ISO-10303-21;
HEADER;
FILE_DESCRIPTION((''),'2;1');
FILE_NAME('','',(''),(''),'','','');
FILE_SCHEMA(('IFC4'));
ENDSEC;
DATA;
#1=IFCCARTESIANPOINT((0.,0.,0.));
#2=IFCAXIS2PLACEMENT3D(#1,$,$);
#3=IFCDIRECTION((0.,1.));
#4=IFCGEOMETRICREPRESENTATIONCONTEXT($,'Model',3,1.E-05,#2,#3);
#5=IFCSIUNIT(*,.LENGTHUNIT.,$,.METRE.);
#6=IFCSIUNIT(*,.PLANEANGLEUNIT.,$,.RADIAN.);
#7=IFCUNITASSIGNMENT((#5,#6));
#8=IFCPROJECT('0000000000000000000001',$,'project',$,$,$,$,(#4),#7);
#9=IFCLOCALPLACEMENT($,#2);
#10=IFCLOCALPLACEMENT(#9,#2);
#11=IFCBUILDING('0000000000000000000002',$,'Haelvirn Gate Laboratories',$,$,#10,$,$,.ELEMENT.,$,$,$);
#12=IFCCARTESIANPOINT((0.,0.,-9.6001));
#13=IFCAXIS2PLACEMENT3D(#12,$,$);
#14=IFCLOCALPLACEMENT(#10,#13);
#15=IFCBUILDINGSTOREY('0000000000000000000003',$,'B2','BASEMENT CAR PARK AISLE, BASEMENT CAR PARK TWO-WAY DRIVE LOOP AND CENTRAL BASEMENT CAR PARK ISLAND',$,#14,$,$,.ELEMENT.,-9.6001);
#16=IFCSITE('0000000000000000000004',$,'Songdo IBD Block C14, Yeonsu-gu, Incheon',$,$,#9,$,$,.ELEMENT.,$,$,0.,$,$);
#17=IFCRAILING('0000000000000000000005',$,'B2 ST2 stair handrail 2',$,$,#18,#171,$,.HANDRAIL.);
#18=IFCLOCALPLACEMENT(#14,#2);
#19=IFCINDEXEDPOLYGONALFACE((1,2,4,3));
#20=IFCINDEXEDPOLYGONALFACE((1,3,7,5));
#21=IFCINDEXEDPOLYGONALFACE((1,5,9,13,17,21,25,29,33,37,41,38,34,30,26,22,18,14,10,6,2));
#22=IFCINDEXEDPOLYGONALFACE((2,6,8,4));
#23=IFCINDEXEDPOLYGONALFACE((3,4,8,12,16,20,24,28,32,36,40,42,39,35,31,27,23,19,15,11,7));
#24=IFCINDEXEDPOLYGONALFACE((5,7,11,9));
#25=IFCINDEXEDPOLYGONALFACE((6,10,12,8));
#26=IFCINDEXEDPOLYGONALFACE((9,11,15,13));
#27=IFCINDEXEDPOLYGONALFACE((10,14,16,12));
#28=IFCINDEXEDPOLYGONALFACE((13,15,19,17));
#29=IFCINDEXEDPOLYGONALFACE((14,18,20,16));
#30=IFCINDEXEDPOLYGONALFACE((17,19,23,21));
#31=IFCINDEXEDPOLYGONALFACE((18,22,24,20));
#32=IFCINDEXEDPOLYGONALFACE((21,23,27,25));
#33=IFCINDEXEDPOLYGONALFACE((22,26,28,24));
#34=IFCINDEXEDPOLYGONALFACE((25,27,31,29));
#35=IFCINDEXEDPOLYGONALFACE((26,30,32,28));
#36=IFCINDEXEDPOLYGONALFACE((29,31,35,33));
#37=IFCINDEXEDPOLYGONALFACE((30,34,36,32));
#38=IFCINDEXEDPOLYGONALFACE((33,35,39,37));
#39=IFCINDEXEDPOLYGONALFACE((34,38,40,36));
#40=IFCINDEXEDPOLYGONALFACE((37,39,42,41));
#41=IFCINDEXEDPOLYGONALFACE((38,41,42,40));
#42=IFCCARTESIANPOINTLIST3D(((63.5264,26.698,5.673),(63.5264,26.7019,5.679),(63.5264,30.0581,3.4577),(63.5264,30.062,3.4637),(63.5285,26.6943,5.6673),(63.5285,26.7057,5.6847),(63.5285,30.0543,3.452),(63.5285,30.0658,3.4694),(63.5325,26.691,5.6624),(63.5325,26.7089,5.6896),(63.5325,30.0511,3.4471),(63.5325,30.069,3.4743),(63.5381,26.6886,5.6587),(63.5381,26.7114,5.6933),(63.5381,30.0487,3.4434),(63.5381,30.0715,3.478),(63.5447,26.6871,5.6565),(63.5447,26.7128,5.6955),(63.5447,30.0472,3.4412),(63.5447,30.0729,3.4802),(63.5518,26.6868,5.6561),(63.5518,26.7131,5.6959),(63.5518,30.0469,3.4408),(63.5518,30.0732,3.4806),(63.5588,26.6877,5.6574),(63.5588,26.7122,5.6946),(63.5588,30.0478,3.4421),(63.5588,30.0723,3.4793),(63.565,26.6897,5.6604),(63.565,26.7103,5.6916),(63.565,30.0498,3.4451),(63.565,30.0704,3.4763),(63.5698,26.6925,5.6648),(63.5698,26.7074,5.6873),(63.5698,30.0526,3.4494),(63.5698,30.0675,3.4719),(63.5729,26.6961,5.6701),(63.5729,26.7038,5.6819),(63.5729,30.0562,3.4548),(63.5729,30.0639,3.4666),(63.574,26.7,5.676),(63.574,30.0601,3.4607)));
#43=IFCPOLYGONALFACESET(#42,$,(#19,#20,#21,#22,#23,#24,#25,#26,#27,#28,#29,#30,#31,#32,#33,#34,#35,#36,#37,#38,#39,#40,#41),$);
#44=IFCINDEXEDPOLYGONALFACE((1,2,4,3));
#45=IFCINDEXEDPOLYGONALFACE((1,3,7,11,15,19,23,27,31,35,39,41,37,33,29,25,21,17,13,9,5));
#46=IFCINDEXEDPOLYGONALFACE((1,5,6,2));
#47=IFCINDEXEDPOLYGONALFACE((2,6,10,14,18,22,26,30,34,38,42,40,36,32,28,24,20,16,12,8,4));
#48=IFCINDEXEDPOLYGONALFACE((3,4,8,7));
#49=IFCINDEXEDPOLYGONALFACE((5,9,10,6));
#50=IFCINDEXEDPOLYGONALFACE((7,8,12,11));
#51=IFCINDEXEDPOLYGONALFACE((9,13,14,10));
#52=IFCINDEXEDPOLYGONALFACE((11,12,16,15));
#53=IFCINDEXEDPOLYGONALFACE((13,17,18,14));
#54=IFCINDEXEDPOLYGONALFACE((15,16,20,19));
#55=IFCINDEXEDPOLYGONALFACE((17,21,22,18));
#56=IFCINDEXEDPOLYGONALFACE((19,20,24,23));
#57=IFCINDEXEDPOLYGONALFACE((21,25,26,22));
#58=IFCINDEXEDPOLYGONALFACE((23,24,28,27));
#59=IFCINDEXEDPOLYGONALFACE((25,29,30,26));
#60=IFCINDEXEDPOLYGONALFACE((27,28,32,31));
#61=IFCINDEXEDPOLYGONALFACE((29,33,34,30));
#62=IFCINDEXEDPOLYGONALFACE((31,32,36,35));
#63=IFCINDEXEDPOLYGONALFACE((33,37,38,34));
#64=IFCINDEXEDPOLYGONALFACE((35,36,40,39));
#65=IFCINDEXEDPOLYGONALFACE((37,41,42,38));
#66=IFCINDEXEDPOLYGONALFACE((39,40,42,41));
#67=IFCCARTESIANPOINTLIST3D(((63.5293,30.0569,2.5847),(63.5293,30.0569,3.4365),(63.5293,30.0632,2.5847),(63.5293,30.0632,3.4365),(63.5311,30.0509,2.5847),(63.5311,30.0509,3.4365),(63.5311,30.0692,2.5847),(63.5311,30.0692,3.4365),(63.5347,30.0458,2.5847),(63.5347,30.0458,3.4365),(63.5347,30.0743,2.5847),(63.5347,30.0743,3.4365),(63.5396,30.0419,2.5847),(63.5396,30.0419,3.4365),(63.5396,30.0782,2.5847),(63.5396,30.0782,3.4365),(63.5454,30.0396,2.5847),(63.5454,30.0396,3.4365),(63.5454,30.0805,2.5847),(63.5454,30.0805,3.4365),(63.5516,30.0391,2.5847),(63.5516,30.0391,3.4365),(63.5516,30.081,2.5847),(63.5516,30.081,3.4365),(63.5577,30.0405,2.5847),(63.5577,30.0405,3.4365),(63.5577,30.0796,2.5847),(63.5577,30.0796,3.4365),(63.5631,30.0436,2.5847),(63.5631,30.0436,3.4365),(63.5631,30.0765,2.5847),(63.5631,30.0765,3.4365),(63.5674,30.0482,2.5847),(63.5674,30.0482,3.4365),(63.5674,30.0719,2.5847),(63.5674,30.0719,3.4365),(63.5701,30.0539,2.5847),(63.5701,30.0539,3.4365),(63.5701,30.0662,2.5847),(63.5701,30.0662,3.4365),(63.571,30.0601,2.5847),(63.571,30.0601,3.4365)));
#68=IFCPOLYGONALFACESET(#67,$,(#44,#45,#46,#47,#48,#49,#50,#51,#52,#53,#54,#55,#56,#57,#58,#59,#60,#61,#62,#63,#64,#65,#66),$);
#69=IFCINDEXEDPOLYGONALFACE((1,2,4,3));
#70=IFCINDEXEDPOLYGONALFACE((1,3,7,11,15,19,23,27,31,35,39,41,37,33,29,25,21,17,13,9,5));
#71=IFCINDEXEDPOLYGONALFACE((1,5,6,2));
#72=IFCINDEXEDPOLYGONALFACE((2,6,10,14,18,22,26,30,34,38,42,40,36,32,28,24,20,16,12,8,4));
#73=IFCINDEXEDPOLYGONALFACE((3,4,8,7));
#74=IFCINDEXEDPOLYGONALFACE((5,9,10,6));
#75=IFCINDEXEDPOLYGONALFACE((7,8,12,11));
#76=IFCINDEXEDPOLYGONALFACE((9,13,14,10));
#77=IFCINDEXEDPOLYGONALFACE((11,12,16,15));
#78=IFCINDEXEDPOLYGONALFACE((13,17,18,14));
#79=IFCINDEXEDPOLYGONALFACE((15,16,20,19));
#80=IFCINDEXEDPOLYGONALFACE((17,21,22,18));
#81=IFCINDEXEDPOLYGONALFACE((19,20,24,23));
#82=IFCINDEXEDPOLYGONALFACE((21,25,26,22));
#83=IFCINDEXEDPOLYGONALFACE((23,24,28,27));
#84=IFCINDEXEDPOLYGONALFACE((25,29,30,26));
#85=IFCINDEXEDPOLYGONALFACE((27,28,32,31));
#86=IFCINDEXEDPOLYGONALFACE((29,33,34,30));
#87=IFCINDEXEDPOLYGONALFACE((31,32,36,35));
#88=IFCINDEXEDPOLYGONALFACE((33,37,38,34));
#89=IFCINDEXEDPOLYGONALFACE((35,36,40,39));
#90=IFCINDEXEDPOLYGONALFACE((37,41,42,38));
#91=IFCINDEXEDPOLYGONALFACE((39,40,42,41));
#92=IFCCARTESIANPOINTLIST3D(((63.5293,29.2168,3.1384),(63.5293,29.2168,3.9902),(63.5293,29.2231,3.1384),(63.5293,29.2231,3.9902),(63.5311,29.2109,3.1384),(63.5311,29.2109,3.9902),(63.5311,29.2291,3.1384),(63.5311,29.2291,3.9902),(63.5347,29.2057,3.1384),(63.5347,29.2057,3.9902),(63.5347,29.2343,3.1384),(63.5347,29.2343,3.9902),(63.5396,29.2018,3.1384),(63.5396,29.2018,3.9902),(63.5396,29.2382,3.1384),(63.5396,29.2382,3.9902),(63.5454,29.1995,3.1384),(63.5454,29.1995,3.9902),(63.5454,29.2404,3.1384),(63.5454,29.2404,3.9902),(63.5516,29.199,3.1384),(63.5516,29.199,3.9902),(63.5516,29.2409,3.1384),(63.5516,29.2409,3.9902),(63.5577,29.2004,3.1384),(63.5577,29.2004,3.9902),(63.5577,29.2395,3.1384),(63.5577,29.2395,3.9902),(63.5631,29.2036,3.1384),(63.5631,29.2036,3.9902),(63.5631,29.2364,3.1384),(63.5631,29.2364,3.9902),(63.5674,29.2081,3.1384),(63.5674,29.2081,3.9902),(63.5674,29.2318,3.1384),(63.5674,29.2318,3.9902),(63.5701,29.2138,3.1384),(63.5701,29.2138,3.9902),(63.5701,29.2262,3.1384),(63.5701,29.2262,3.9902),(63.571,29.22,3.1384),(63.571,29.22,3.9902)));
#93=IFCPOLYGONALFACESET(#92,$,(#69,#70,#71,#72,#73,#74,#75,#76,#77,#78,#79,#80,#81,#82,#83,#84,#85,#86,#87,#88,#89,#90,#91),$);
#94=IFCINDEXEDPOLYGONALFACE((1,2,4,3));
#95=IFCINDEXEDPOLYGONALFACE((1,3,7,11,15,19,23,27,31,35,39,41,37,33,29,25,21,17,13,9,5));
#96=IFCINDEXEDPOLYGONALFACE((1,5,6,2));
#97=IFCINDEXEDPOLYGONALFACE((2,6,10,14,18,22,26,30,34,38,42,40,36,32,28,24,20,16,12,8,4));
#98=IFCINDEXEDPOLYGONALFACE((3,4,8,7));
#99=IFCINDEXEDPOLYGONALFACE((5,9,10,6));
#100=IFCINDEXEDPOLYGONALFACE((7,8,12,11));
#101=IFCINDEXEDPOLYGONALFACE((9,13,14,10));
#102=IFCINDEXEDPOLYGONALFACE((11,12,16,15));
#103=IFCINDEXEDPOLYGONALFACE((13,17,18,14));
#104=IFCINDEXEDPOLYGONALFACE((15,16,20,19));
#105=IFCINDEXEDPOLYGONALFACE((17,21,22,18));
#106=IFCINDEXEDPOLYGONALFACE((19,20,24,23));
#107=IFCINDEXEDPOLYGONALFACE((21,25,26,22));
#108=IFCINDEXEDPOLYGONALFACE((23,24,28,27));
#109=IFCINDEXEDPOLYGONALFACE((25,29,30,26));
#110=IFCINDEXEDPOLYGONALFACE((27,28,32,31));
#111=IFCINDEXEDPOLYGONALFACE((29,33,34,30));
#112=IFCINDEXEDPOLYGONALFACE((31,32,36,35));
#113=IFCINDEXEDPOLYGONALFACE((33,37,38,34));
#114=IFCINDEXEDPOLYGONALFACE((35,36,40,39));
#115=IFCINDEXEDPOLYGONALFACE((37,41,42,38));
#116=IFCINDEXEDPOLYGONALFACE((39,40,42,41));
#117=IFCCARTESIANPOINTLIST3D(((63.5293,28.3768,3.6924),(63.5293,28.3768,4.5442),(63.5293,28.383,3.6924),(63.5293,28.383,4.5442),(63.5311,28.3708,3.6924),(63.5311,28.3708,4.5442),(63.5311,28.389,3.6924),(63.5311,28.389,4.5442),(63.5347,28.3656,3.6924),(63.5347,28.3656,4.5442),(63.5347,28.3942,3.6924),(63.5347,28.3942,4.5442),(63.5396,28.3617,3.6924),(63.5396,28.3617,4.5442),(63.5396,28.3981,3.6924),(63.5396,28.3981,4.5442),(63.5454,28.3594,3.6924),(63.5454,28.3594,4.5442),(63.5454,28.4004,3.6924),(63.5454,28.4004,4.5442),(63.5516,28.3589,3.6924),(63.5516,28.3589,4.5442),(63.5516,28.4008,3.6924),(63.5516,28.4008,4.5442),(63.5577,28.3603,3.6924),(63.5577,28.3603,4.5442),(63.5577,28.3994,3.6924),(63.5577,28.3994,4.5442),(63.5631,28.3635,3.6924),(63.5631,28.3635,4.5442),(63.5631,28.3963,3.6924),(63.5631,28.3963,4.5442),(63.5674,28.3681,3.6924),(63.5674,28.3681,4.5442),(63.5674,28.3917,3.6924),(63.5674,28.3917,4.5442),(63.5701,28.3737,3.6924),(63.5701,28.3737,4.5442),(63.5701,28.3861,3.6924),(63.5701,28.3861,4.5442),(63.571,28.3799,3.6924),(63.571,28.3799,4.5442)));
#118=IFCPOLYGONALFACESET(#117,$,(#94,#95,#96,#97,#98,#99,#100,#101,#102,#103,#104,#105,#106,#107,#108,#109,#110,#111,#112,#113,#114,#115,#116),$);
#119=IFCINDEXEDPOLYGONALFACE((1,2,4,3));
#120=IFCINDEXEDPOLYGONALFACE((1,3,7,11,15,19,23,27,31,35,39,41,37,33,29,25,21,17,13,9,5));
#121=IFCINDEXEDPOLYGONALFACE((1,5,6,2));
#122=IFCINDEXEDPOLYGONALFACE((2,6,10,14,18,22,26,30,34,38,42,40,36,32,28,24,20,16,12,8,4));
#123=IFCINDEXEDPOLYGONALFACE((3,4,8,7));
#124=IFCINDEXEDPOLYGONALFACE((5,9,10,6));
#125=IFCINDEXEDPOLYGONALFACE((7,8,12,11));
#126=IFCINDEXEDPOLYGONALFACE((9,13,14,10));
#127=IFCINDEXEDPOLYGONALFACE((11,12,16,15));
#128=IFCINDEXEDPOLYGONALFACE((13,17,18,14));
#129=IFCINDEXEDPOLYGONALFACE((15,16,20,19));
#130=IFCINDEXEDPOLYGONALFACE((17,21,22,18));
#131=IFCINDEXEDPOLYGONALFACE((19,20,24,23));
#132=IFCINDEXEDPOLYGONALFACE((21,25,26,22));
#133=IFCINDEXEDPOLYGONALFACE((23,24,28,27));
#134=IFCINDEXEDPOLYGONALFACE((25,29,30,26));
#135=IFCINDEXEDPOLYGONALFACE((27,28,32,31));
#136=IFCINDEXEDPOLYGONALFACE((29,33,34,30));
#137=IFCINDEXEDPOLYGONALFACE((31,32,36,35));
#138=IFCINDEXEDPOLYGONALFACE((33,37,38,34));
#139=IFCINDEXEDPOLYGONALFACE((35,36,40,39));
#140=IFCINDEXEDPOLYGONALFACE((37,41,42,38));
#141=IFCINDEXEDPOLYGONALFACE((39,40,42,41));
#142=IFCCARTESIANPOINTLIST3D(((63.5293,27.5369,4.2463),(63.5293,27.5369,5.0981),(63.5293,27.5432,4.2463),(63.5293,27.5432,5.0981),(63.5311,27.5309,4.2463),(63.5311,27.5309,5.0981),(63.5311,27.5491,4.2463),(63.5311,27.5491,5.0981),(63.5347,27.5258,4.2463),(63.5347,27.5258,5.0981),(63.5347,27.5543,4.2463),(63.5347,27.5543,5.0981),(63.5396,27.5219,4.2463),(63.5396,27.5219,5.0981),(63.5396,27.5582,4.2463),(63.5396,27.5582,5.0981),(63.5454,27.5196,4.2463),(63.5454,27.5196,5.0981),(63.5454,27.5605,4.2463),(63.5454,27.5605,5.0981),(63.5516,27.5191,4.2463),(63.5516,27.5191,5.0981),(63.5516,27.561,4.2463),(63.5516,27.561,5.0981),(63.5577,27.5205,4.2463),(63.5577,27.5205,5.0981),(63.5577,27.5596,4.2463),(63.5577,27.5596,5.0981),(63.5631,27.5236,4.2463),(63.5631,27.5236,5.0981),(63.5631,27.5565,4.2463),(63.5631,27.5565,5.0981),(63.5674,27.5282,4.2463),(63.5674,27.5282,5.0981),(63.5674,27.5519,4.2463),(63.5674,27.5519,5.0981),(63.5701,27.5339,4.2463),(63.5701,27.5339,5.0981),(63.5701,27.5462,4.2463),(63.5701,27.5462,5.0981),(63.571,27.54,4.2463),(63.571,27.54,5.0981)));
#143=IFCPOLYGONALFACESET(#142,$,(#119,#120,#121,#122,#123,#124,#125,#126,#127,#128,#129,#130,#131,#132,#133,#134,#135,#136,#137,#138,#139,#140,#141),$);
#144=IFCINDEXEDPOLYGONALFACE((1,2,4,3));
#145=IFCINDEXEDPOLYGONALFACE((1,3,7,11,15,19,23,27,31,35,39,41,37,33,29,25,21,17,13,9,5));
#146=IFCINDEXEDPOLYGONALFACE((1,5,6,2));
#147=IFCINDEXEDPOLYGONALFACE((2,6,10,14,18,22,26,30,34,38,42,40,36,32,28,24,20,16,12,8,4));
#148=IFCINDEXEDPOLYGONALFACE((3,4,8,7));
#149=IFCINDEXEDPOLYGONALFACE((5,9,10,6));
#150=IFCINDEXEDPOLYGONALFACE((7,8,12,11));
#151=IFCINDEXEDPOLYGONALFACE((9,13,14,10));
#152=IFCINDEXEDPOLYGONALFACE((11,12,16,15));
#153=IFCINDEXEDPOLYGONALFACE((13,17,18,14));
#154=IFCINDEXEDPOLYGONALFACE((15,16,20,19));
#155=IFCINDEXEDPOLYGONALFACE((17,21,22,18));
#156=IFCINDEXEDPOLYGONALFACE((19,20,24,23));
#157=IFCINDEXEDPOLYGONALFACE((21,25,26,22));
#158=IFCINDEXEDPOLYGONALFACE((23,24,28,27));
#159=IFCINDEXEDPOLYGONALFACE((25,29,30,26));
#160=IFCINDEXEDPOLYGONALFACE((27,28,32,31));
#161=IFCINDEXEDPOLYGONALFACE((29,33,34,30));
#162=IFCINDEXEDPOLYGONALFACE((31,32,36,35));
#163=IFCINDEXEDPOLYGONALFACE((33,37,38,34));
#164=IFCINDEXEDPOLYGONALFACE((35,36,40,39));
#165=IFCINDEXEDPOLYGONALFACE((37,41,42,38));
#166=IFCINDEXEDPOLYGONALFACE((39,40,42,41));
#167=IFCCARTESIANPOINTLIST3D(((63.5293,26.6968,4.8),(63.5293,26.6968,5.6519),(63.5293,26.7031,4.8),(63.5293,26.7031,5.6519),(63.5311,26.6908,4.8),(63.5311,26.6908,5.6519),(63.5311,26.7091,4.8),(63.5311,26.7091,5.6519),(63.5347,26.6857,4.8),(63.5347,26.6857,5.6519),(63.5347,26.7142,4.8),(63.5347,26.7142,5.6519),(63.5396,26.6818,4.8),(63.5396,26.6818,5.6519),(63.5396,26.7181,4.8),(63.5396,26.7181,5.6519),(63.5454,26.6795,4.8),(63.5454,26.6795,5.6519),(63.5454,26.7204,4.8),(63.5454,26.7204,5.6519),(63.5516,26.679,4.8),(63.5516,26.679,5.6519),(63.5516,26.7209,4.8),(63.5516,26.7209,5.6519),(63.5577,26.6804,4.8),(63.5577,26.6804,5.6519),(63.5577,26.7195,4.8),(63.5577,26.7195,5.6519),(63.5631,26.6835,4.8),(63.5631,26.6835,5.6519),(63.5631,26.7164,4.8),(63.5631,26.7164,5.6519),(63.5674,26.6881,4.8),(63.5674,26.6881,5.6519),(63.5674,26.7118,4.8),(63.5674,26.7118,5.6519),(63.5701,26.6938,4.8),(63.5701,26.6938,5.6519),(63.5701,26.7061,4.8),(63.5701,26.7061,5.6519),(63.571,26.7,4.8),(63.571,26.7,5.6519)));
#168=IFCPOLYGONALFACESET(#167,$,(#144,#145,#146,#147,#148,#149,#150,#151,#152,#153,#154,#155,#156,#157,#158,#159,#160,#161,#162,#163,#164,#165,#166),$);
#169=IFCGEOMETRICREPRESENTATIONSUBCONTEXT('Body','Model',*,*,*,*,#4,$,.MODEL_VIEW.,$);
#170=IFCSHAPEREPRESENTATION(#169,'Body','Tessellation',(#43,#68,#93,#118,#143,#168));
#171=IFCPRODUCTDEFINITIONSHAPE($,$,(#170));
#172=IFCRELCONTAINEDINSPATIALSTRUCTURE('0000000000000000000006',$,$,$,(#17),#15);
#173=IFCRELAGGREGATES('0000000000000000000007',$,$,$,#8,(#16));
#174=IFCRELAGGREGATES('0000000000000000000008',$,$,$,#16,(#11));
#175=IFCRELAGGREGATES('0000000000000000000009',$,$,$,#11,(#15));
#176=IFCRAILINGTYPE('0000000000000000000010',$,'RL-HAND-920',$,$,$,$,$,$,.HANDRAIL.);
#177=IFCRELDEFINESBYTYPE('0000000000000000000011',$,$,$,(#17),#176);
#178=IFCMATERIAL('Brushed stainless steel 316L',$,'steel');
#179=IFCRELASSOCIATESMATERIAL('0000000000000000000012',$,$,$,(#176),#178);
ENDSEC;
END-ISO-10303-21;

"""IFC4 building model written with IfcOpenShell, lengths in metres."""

from ifc_helpers import new_model, si_unit, direction, frame, origin, origin_2d, place, context, subcontext, project, spatial, circle, extrude, source, transform, mapped, material, type_object, element, save


model = new_model("IFC4")

# Units and contexts
model_context = context("Model", 3, precision=1e-05, world=origin(), true_north=direction((0.0, 1.0)))
body_context = subcontext(model_context, "Body", "Model", "MODEL_VIEW")
ifc_project = project(units=[si_unit("LENGTHUNIT", "METRE"), si_unit("PLANEANGLEUNIT", "RADIAN")], contexts=[model_context])

# Site, building, storey
site_placement = place(None, origin())
site = spatial("IfcSite", under=ifc_project, at=site_placement, Name="Songdo IBD Block C14, Yeonsu-gu, Incheon", CompositionType="ELEMENT", RefElevation=0.0)
building_placement = place(site_placement, origin())
building = spatial("IfcBuilding", under=site, at=building_placement, Name="Haelvirn Gate Laboratories", CompositionType="ELEMENT")
storey_placement = place(building_placement, frame((0.0, 0.0, -9.6001)))
storey = spatial("IfcBuildingStorey", under=building, at=storey_placement, Name="B2", Description="BASEMENT CAR PARK AISLE, BASEMENT CAR PARK TWO-WAY DRIVE LOOP AND CENTRAL BASEMENT CAR PARK ISLAND", CompositionType="ELEMENT", Elevation=-9.6001)

# Railing
ifc_material_1 = material(Name="Brushed stainless steel 316L", Category="steel")
railing_type_1 = type_object("IfcRailingType", Name="RL-HAND-920", PredefinedType="HANDRAIL", material=ifc_material_1)
shared_shape_1 = source(origin(), body_context, "Body", "SweptSolid", [
    extrude(circle(Radius=0.0239, at=origin_2d()), frame((0.0, 0.0, 0.876), z_axis=(0.0, -0.834876, 0.550437), x_axis=(1.0, 0.0, 0.0)), (0.0, 0.0, 1.0), 4.0247),
    extrude(circle(Radius=0.021, at=origin_2d()), origin(), (0.0, 0.0, 1.0), 0.8518),
    extrude(circle(Radius=0.021, at=origin_2d()), frame((0.0, -0.8401, 0.5537)), (0.0, 0.0, 1.0), 0.8518),
    extrude(circle(Radius=0.021, at=origin_2d()), frame((0.0, -1.6802, 1.1077)), (0.0, 0.0, 1.0), 0.8518),
    extrude(circle(Radius=0.021, at=origin_2d()), frame((0.0, -2.52, 1.6616)), (0.0, 0.0, 1.0), 0.8518),
    extrude(circle(Radius=0.021, at=origin_2d()), frame((0.0, -3.3601, 2.2153)), (0.0, 0.0, 1.0), 0.8518),
])
railing_1_placement = place(storey_placement, frame((63.55, 30.0601, 2.5847)))
element("IfcRailing", 1, at=railing_1_placement, inside=storey, type_object=railing_type_1, Name="B2 ST2 stair handrail 2", PredefinedType="HANDRAIL", context=body_context, shape_type="MappedRepresentation", body=[
    mapped(shared_shape_1, transform((0.0, 0.0, 0.0), scale=1.0)),
])

save(model, "model.ifc")
